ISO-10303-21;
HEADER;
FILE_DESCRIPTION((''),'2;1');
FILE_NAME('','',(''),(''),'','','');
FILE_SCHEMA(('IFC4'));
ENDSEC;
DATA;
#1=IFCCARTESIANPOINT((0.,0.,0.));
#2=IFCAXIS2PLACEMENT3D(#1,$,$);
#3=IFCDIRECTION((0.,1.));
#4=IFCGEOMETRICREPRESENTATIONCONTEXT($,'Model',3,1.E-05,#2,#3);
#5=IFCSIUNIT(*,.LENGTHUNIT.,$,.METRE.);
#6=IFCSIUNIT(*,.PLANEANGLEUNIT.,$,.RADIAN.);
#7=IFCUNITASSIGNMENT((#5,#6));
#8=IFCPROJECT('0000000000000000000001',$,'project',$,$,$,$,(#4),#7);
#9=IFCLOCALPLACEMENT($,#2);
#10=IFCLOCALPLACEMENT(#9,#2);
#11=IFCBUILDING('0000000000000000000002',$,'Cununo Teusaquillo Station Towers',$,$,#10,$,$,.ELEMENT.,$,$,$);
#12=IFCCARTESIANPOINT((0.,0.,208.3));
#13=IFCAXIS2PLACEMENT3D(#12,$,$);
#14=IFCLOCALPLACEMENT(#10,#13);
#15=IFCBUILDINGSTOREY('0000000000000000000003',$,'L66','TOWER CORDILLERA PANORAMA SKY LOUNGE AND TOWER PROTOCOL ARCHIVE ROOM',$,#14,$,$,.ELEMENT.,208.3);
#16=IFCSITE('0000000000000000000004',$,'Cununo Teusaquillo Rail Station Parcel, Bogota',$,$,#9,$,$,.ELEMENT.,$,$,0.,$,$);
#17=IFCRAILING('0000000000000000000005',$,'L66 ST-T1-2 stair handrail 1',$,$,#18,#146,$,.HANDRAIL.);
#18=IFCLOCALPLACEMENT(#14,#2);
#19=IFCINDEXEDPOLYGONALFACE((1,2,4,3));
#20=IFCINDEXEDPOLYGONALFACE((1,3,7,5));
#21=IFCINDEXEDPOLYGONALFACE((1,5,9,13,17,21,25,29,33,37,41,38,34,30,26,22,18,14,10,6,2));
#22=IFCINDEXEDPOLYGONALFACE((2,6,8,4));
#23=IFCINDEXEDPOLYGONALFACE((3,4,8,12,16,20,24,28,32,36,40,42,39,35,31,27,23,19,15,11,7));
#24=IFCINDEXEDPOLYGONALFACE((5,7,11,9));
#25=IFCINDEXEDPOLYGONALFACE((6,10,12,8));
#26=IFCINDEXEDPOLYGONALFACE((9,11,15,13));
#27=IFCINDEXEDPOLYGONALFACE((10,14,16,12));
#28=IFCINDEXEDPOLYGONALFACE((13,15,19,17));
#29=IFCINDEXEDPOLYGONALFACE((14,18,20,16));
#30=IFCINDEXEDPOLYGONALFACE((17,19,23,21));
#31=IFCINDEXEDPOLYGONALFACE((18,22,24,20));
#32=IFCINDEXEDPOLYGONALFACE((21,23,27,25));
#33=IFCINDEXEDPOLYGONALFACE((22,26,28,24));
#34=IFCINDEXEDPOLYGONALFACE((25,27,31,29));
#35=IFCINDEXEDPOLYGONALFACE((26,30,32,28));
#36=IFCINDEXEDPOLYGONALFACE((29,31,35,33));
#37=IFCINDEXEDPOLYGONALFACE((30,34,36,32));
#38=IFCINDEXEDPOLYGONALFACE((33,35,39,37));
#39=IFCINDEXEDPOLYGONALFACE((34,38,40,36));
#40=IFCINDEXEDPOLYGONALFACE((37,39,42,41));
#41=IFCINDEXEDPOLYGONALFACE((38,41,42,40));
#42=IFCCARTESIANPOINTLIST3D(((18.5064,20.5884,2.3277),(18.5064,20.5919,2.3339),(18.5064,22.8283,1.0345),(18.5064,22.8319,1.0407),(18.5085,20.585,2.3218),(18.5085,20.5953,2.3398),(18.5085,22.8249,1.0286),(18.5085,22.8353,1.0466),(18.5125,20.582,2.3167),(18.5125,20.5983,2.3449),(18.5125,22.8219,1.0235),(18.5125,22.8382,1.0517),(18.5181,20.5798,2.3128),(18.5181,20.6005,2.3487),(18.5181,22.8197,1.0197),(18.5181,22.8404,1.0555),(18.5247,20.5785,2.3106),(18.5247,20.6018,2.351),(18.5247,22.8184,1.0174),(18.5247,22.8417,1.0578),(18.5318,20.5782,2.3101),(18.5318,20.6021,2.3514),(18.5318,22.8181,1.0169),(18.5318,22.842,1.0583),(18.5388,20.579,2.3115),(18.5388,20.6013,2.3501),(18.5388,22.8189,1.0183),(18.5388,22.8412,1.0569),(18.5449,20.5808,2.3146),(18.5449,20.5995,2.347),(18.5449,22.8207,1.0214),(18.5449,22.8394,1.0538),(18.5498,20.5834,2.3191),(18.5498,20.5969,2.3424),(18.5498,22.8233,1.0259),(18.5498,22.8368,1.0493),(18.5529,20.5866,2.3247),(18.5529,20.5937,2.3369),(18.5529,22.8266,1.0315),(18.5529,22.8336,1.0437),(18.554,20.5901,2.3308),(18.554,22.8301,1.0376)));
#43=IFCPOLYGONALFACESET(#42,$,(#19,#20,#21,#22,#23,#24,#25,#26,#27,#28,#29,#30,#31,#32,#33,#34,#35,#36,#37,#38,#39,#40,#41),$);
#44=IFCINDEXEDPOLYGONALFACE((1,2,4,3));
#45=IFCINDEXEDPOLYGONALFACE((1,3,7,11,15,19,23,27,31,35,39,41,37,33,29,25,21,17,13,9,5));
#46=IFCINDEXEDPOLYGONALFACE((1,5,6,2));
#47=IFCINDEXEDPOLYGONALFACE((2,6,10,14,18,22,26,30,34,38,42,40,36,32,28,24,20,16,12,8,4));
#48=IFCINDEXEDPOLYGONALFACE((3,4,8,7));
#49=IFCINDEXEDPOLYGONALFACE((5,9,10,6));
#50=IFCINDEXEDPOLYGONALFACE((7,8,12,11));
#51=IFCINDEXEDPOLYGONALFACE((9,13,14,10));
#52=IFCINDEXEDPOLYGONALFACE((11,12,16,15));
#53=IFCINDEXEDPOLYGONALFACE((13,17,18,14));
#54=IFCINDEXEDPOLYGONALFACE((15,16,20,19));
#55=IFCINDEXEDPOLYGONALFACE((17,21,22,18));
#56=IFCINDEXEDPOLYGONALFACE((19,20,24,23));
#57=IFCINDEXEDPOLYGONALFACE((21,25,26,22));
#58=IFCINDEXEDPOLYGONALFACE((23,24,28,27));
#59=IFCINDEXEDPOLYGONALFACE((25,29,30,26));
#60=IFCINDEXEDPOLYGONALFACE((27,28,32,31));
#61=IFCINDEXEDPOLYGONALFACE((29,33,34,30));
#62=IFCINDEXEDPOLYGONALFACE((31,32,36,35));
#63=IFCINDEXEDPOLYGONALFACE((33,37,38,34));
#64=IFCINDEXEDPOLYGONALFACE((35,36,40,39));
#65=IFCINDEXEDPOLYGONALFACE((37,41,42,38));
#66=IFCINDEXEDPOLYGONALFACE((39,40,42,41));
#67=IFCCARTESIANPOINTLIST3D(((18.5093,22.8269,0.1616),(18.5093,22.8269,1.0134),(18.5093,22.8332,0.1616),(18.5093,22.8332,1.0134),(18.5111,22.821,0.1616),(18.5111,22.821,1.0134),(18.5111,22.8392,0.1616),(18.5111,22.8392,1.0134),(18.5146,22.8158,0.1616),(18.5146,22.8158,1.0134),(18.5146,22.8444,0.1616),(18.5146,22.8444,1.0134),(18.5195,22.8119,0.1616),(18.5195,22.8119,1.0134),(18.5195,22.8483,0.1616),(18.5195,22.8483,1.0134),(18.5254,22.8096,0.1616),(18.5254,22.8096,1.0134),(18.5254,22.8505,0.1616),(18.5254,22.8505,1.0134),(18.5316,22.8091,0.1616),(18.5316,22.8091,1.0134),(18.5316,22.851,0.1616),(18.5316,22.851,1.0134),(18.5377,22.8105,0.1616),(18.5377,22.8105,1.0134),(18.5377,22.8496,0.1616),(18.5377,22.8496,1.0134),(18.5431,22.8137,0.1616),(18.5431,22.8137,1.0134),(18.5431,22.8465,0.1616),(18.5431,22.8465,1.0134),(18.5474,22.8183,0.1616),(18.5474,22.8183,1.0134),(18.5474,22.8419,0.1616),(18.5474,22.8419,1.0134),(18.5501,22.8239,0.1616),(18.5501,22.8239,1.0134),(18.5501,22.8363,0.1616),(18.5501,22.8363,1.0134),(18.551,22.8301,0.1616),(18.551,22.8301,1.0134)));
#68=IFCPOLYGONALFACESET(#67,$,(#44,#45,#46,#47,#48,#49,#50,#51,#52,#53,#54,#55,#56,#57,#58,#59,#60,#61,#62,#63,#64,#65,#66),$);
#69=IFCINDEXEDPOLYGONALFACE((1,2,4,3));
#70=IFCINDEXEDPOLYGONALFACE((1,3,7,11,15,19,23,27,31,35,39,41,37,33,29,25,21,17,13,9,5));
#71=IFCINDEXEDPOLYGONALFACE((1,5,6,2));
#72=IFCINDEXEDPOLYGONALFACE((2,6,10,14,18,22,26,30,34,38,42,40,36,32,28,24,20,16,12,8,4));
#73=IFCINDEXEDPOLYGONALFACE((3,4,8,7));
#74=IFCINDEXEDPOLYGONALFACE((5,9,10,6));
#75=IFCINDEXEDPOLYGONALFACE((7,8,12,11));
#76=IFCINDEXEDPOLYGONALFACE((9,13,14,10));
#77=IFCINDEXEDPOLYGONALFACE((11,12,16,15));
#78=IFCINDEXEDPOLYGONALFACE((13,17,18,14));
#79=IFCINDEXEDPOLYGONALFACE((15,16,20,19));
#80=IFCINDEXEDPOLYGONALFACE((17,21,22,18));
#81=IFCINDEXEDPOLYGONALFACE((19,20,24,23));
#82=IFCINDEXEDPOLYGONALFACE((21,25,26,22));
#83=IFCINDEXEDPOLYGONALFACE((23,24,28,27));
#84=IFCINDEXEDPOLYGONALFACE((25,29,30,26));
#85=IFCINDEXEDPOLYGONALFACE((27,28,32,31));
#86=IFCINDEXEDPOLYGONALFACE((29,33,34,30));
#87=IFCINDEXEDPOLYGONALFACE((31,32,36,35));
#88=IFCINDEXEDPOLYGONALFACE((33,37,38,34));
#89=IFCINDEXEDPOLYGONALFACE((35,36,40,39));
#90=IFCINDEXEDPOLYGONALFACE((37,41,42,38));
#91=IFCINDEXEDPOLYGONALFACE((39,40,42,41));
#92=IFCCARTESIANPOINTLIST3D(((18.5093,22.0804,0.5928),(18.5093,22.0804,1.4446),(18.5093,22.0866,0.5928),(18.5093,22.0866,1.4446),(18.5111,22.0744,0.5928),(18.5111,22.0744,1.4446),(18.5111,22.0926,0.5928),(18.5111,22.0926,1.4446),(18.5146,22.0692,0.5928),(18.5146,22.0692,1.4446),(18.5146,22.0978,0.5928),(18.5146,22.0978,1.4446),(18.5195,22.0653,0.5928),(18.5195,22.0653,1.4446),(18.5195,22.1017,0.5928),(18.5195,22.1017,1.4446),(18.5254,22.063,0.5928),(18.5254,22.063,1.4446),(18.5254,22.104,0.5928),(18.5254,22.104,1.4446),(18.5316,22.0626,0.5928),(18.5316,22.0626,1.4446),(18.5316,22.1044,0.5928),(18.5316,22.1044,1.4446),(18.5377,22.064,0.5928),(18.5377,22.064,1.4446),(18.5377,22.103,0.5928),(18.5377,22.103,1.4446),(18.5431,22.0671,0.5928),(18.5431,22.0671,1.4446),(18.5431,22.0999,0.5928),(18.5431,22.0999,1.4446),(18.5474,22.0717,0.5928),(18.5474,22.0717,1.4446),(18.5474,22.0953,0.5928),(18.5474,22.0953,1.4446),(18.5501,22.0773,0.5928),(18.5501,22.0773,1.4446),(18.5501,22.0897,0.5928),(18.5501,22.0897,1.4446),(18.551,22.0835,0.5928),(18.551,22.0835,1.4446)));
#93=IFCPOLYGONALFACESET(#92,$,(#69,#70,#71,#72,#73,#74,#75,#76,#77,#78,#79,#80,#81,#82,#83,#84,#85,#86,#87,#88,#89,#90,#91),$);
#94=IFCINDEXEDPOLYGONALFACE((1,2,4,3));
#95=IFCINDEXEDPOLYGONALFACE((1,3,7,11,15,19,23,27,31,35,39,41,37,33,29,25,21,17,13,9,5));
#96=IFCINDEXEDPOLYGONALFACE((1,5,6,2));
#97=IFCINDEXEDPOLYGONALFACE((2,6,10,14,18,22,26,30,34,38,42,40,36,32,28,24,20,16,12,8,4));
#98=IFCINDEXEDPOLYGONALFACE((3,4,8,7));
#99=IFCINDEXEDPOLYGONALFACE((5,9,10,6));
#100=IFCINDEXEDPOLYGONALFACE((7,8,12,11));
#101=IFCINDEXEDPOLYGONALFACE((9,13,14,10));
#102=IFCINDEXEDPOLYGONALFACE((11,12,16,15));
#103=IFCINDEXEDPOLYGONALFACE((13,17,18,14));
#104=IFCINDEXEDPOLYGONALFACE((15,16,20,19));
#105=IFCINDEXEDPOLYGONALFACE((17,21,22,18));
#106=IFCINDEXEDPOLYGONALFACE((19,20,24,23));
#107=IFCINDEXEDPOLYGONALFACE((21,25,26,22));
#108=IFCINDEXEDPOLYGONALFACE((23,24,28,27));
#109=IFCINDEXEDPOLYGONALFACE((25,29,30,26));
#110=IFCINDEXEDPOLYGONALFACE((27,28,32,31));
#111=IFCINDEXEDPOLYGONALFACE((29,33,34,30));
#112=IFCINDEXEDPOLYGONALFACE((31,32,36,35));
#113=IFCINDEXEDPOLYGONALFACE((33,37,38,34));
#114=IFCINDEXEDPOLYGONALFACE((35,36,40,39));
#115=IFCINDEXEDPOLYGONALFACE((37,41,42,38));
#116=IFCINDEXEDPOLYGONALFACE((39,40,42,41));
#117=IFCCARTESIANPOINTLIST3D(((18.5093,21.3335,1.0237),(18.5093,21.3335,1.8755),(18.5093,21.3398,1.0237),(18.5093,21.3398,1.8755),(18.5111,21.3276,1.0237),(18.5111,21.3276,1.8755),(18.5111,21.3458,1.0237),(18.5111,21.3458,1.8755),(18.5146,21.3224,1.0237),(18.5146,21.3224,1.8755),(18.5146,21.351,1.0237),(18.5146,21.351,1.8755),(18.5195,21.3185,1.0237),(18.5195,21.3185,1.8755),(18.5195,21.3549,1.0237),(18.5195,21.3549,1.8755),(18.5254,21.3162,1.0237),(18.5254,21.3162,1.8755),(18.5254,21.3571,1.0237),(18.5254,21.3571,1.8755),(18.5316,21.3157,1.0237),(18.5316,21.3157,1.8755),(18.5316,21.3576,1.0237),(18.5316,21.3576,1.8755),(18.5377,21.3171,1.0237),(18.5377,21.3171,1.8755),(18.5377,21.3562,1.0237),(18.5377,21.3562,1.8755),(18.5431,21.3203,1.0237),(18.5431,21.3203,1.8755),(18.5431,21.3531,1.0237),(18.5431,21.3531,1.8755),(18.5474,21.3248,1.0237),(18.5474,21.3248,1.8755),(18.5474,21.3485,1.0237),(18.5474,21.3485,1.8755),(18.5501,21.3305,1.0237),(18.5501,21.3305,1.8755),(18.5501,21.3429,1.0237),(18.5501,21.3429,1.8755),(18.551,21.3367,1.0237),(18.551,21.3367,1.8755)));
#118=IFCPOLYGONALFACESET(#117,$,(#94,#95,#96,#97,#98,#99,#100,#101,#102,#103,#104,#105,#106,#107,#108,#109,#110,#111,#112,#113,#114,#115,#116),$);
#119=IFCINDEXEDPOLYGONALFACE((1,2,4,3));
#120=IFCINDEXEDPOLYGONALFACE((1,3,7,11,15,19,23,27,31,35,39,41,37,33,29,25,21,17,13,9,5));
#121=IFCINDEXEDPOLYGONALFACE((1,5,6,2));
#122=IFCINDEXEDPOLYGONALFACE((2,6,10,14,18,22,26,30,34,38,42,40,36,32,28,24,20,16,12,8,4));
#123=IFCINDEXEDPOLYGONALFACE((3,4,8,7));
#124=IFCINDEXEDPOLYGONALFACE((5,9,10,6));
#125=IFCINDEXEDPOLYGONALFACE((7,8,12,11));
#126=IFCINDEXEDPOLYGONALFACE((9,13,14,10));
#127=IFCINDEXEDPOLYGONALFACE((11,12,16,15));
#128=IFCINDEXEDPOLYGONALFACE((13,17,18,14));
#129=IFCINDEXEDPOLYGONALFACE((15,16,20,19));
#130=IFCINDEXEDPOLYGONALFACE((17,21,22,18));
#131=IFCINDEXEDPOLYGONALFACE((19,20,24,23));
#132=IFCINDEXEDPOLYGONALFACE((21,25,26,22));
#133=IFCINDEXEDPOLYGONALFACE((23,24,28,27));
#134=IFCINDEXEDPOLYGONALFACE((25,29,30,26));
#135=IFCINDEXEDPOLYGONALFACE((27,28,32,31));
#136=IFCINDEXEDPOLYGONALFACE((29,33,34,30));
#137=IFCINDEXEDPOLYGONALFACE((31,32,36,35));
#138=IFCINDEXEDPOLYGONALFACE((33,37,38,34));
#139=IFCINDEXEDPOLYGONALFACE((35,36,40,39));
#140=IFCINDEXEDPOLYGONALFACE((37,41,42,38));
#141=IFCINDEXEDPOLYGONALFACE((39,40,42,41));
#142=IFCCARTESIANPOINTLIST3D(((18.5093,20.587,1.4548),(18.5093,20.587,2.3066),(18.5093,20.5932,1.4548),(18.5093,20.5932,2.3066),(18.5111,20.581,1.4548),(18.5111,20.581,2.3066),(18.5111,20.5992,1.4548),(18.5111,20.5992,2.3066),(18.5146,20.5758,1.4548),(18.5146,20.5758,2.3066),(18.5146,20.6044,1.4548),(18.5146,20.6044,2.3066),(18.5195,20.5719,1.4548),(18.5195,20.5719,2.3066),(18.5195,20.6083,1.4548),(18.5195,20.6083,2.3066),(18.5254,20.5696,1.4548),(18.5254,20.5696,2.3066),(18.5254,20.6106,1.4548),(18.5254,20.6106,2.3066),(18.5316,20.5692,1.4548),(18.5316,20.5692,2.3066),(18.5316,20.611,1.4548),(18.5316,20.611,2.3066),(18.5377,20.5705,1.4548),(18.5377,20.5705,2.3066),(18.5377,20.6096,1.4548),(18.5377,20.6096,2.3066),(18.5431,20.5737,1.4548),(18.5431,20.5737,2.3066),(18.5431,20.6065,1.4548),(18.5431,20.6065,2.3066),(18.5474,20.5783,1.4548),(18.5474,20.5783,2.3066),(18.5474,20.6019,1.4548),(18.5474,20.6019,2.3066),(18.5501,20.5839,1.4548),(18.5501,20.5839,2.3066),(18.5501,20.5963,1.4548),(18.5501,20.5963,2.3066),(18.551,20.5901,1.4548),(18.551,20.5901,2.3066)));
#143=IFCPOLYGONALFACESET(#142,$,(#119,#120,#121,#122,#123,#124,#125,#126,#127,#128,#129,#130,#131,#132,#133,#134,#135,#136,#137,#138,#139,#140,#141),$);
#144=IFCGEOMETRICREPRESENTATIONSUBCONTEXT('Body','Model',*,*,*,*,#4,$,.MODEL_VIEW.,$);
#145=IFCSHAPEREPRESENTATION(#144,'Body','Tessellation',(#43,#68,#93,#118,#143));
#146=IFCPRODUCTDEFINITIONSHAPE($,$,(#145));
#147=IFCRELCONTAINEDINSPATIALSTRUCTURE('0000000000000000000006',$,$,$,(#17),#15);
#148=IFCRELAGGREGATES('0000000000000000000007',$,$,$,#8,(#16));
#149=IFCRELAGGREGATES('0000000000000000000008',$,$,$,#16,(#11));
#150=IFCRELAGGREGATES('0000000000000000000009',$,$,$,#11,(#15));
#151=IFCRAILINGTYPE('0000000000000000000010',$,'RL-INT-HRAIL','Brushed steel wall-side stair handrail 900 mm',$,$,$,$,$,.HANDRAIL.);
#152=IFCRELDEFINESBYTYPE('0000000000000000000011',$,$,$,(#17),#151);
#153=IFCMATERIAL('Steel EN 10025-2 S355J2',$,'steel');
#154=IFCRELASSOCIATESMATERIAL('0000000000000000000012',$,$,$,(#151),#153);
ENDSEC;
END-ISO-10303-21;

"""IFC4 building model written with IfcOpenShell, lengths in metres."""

from ifc_helpers import new_model, si_unit, direction, frame, origin, origin_2d, place, context, subcontext, project, spatial, circle, extrude, material, type_object, element, save


model = new_model("IFC4")

# Units and contexts
model_context = context("Model", 3, precision=1e-05, world=origin(), true_north=direction((0.0, 1.0)))
body_context = subcontext(model_context, "Body", "Model", "MODEL_VIEW")
ifc_project = project(units=[si_unit("LENGTHUNIT", "METRE"), si_unit("PLANEANGLEUNIT", "RADIAN")], contexts=[model_context])

# Site, building, storey
site_placement = place(None, origin())
site = spatial("IfcSite", under=ifc_project, at=site_placement, Name="Cununo Teusaquillo Rail Station Parcel, Bogota", CompositionType="ELEMENT", RefElevation=0.0)
building_placement = place(site_placement, origin())
building = spatial("IfcBuilding", under=site, at=building_placement, Name="Cununo Teusaquillo Station Towers", CompositionType="ELEMENT")
storey_placement = place(building_placement, frame((0.0, 0.0, 208.3)))
storey = spatial("IfcBuildingStorey", under=building, at=storey_placement, Name="L66", Description="TOWER CORDILLERA PANORAMA SKY LOUNGE AND TOWER PROTOCOL ARCHIVE ROOM", CompositionType="ELEMENT", Elevation=208.3)

# Railing
ifc_material_1 = material(Name="Steel EN 10025-2 S355J2", Category="steel")
railing_type_1 = type_object("IfcRailingType", Name="RL-INT-HRAIL", Description="Brushed steel wall-side stair handrail 900 mm", PredefinedType="HANDRAIL", material=ifc_material_1)
railing_1_placement = place(storey_placement, frame((18.53, 22.8301, 0.1616)))
element("IfcRailing", 1, at=railing_1_placement, inside=storey, type_object=railing_type_1, Name="L66 ST-T1-2 stair handrail 1", PredefinedType="HANDRAIL", context=body_context, shape_type="SweptSolid", body=[
    extrude(circle(Radius=0.0239, at=origin_2d()), frame((0.0, 0.0, 0.876), z_axis=(0.0, -0.866033, 0.499987), x_axis=(1.0, 0.0, 0.0)), (0.0, 0.0, 1.0), 2.5864),
    extrude(circle(Radius=0.021, at=origin_2d()), origin(), (0.0, 0.0, 1.0), 0.8518),
    extrude(circle(Radius=0.021, at=origin_2d()), frame((0.0, -0.7466, 0.4312)), (0.0, 0.0, 1.0), 0.8518),
    extrude(circle(Radius=0.021, at=origin_2d()), frame((0.0, -1.4934, 0.8621)), (0.0, 0.0, 1.0), 0.8518),
    extrude(circle(Radius=0.021, at=origin_2d()), frame((0.0, -2.24, 1.2932)), (0.0, 0.0, 1.0), 0.8518),
])

save(model, "model.ifc")
